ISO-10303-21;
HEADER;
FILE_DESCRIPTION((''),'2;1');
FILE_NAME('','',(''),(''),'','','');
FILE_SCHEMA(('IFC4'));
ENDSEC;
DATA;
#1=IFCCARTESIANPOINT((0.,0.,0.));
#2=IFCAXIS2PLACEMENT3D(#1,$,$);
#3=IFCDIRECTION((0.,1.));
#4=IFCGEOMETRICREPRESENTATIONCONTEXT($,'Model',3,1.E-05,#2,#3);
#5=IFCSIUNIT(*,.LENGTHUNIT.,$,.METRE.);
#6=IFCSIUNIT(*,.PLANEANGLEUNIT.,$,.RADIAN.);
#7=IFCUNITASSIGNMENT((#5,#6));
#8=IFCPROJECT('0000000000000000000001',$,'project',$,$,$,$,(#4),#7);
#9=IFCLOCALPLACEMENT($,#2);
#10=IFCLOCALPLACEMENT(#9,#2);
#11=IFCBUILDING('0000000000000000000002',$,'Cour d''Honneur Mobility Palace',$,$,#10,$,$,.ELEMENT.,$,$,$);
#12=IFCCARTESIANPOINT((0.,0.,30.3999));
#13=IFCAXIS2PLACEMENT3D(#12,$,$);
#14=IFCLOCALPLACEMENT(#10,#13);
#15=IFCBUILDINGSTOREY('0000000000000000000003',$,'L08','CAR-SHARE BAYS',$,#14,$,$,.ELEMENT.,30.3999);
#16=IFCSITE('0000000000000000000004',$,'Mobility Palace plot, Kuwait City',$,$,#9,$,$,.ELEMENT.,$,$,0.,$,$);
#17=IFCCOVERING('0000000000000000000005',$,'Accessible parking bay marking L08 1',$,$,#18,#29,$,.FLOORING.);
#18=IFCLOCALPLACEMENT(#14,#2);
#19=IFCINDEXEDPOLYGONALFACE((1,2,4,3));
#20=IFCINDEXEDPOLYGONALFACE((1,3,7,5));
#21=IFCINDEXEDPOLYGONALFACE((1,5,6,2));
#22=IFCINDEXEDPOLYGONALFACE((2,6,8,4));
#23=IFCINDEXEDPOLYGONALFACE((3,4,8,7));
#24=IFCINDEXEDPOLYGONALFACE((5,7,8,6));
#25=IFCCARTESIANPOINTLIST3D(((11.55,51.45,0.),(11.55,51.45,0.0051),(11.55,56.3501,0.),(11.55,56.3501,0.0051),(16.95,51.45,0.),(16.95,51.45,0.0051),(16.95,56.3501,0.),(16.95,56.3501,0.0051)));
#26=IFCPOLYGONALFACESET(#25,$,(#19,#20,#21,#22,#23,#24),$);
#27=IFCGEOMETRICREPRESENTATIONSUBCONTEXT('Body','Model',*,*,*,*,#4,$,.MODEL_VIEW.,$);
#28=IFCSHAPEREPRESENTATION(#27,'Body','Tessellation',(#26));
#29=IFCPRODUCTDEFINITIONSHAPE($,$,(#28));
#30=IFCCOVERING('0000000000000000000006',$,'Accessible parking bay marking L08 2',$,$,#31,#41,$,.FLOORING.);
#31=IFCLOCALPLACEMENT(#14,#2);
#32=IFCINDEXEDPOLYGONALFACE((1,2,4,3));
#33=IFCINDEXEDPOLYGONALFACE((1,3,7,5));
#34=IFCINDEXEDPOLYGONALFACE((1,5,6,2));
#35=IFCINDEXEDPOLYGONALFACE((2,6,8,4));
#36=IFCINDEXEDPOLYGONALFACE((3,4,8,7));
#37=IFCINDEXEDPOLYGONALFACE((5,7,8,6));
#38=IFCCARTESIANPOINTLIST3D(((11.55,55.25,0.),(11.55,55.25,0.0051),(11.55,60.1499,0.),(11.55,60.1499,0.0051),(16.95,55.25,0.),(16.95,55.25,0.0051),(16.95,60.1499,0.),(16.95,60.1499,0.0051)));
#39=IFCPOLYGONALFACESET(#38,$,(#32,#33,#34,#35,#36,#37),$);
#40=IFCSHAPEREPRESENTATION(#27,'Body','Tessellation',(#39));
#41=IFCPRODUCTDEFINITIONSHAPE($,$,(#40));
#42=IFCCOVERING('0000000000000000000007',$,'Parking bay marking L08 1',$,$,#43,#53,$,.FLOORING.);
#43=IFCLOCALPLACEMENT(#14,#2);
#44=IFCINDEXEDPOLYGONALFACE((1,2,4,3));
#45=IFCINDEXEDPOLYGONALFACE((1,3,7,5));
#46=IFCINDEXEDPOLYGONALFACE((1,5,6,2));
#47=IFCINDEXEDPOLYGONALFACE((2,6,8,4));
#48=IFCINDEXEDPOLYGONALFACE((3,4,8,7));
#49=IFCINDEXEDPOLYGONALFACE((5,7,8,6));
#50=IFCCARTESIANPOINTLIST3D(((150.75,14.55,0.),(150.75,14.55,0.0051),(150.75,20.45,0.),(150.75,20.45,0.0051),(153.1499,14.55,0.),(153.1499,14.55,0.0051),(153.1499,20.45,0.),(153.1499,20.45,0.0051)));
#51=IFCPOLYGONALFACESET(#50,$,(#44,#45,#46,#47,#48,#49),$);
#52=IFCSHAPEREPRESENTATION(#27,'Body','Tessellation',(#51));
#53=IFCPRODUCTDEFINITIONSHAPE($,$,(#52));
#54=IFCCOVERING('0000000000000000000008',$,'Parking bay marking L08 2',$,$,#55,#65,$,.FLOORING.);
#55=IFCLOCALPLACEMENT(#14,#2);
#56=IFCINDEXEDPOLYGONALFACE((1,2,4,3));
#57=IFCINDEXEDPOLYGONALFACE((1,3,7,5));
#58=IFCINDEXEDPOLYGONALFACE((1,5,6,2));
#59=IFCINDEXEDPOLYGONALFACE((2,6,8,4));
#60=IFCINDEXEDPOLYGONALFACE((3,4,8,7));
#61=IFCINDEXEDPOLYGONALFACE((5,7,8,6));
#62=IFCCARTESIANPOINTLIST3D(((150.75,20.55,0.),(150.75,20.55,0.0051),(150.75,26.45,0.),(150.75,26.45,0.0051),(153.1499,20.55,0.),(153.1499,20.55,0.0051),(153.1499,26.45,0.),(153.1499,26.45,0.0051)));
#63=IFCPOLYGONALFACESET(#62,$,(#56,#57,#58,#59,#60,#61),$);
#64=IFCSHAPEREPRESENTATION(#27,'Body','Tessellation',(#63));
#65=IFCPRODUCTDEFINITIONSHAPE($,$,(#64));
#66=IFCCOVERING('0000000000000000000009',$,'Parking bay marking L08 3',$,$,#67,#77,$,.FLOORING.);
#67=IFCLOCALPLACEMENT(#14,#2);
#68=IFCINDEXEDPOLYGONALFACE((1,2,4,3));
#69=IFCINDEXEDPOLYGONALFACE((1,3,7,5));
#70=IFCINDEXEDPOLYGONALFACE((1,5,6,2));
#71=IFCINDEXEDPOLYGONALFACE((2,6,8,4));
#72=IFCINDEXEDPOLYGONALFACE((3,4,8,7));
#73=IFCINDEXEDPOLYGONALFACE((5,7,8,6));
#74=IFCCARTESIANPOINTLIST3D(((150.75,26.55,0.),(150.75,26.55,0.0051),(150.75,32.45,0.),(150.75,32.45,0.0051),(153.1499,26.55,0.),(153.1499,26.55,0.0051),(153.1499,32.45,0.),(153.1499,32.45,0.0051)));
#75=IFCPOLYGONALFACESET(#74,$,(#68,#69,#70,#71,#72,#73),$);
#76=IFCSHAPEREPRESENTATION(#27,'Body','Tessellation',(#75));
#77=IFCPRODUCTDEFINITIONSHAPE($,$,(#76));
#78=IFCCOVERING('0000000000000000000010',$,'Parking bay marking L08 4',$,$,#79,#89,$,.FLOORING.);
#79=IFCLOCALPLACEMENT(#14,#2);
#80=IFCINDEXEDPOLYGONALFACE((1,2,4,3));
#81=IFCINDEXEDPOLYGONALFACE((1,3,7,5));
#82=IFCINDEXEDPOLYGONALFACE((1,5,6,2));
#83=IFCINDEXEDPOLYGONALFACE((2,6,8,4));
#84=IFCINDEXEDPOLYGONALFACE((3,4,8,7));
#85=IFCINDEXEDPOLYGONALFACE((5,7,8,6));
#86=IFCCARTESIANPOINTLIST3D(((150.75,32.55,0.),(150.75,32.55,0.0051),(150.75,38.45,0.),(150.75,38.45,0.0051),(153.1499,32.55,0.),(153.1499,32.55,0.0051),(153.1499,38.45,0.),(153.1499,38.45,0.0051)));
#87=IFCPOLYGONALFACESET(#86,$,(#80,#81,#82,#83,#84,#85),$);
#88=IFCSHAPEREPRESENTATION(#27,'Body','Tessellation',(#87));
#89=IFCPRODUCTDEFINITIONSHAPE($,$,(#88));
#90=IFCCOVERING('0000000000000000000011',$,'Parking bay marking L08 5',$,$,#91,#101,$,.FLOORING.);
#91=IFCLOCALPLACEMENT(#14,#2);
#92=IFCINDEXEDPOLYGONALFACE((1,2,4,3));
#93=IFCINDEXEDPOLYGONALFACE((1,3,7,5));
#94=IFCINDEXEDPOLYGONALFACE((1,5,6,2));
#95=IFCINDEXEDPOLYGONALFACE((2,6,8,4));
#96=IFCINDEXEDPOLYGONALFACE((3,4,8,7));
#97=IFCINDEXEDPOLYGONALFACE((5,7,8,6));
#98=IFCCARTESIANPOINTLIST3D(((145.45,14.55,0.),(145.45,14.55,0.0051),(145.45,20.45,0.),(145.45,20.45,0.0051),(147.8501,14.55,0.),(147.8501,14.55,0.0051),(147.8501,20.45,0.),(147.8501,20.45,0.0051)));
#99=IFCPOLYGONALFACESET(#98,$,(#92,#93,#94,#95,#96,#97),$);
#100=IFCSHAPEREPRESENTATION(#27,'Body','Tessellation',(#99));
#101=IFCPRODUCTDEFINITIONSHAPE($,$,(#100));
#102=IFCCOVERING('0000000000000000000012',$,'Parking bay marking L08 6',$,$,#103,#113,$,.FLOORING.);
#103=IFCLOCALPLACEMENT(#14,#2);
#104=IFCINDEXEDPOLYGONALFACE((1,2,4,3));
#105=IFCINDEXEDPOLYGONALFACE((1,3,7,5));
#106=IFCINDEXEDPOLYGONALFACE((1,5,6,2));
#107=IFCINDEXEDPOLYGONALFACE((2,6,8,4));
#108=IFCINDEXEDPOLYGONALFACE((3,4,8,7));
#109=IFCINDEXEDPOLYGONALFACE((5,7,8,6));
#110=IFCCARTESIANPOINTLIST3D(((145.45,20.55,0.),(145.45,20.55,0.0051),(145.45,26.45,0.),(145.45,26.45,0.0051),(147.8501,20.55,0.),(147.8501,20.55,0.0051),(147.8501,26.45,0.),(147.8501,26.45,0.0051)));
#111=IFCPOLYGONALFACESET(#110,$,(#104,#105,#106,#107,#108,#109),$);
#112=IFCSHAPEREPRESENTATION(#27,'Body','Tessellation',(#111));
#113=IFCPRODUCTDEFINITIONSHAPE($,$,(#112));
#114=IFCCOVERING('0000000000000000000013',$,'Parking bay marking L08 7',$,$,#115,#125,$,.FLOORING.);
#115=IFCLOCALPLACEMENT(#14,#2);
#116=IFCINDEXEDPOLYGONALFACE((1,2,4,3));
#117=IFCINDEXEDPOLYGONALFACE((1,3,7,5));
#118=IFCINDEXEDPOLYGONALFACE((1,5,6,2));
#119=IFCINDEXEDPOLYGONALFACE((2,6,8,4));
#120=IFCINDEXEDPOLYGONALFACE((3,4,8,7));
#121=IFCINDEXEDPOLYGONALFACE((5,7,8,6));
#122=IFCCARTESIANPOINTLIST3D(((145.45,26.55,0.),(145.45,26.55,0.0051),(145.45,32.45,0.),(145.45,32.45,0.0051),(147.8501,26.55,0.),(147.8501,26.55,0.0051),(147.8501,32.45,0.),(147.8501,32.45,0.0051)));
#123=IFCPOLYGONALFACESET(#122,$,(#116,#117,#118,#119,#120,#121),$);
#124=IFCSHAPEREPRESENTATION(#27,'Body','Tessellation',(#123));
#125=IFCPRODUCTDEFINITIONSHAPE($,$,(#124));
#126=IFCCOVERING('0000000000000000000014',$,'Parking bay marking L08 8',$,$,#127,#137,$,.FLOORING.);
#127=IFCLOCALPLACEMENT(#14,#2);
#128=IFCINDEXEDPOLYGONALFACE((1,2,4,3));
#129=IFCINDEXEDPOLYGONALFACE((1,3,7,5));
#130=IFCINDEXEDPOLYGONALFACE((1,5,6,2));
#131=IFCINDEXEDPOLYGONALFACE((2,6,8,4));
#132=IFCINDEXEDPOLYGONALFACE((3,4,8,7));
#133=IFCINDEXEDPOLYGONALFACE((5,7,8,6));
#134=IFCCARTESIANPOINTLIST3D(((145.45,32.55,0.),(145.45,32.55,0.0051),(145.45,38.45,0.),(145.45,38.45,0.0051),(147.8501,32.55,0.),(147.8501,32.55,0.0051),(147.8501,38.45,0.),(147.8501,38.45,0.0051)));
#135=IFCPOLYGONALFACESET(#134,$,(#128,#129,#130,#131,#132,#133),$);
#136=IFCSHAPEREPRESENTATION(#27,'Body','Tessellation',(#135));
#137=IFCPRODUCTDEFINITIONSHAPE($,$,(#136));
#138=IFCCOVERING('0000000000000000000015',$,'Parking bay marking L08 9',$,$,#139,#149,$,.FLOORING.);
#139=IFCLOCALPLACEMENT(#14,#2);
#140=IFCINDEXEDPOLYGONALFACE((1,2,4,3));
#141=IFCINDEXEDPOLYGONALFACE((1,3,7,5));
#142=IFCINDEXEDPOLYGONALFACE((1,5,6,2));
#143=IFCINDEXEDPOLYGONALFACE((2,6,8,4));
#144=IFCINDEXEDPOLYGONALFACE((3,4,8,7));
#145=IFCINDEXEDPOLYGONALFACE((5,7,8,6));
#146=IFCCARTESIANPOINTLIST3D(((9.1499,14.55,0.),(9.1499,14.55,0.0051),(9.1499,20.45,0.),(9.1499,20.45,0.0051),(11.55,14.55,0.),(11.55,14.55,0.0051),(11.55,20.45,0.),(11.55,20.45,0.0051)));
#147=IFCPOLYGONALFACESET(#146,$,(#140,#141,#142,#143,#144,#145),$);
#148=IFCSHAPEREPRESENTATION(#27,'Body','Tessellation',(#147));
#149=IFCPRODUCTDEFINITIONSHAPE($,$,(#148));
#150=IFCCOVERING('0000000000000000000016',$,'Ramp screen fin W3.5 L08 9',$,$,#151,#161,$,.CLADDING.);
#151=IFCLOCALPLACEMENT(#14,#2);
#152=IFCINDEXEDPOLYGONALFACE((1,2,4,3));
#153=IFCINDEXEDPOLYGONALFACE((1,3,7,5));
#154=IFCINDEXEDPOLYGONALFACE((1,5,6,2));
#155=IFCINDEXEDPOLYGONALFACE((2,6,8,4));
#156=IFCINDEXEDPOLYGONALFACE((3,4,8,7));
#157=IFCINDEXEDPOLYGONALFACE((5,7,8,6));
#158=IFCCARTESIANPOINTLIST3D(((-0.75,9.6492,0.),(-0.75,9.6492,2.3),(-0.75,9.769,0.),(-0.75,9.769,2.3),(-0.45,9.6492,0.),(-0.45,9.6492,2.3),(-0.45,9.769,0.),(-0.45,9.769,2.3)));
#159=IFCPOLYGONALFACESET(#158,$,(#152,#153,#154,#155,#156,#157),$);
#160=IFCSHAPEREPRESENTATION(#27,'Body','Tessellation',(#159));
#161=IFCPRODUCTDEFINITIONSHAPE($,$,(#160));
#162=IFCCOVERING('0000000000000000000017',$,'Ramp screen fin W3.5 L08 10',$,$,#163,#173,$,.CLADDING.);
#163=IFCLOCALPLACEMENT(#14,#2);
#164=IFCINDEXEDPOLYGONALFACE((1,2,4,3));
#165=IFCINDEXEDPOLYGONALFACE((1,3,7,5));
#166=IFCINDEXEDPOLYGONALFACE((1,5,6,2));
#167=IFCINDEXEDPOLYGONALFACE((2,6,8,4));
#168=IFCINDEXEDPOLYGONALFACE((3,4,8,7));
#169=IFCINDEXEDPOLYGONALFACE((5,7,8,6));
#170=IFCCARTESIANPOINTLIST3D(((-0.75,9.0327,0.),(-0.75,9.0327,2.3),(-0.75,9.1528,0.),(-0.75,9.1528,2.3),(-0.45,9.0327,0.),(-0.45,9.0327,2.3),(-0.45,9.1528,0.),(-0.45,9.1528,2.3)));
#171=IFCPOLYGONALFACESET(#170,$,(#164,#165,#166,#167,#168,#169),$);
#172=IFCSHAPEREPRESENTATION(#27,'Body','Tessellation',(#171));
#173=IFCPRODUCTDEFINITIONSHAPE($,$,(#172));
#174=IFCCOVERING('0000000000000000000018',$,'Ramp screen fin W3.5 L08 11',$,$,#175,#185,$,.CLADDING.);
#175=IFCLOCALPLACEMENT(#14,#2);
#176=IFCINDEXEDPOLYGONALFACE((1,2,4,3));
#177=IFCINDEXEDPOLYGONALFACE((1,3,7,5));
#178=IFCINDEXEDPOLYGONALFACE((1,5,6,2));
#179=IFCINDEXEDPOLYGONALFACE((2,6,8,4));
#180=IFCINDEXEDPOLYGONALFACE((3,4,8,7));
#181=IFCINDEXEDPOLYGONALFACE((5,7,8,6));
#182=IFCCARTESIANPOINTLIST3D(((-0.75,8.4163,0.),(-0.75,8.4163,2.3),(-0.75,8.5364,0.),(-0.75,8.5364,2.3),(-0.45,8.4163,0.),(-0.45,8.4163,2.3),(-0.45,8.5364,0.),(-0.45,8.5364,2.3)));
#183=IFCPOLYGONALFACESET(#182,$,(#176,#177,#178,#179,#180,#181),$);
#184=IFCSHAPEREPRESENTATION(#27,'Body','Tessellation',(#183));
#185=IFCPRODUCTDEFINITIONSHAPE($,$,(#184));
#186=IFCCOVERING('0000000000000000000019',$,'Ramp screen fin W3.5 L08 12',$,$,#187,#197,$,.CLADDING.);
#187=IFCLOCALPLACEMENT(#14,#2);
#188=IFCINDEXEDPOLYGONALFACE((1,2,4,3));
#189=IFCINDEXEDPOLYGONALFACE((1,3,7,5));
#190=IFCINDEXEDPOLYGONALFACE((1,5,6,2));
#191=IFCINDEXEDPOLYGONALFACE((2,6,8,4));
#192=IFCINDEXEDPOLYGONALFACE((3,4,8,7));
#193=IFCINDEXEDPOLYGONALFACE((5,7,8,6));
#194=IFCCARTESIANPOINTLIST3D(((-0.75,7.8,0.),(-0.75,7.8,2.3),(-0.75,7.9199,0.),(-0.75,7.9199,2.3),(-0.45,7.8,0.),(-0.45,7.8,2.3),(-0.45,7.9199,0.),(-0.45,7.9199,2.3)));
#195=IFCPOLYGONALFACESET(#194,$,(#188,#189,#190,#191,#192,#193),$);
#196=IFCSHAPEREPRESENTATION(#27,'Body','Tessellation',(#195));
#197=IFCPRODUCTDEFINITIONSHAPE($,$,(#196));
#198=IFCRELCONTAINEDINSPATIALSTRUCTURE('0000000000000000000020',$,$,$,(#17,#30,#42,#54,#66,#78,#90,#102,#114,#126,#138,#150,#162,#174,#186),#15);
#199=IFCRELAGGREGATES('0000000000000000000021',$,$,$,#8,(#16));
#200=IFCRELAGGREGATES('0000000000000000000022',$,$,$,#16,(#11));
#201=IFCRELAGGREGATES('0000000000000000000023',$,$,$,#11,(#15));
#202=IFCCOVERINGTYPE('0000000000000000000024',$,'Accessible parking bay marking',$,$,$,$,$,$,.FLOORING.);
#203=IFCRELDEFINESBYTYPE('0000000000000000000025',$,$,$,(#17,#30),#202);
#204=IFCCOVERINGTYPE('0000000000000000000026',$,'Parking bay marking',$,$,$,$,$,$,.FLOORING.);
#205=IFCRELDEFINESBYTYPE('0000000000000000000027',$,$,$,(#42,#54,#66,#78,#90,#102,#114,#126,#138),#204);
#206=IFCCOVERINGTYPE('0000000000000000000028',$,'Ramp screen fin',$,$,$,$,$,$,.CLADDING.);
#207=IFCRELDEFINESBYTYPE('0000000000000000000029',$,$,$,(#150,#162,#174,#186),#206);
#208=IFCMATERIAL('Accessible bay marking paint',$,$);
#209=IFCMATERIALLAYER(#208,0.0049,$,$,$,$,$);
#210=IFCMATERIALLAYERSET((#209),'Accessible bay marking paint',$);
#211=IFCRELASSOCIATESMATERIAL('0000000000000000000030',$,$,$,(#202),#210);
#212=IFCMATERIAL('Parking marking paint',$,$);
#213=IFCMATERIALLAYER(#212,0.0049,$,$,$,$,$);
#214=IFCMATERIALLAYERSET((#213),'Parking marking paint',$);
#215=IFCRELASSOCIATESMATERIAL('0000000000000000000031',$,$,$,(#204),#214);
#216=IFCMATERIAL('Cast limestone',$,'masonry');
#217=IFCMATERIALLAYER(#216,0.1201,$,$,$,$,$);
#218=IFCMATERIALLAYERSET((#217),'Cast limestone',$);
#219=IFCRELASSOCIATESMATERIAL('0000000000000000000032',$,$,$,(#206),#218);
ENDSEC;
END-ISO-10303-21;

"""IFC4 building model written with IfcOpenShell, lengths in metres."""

from ifc_helpers import new_model, si_unit, direction, frame, origin, place, context, subcontext, project, spatial, polyline, outline, extrude, material, layer, layer_set, type_object, element, save


model = new_model("IFC4")

# Units and contexts
model_context = context("Model", 3, precision=1e-05, world=origin(), true_north=direction((0.0, 1.0)))
body_context = subcontext(model_context, "Body", "Model", "MODEL_VIEW")
ifc_project = project(units=[si_unit("LENGTHUNIT", "METRE"), si_unit("PLANEANGLEUNIT", "RADIAN")], contexts=[model_context])

# Site, building, storey
site_placement = place(None, origin())
site = spatial("IfcSite", under=ifc_project, at=site_placement, Name="Mobility Palace plot, Kuwait City", CompositionType="ELEMENT", RefElevation=0.0)
building_placement = place(site_placement, origin())
building = spatial("IfcBuilding", under=site, at=building_placement, Name="Cour d'Honneur Mobility Palace", CompositionType="ELEMENT")
storey_placement = place(building_placement, frame((0.0, 0.0, 30.3999)))
storey = spatial("IfcBuildingStorey", under=building, at=storey_placement, Name="L08", Description="CAR-SHARE BAYS", CompositionType="ELEMENT", Elevation=30.3999)

# Coverings
ifc_material_1 = material(Name="Accessible bay marking paint")
ifc_layer_1 = layer(ifc_material_1, 0.0049)
ifc_layer_set_1 = layer_set([ifc_layer_1], Name="Accessible bay marking paint")
covering_type_1 = type_object("IfcCoveringType", Name="Accessible parking bay marking", PredefinedType="FLOORING", material=ifc_layer_set_1)
covering_1_placement = place(storey_placement, origin())
element("IfcCovering", 1, at=covering_1_placement, inside=storey, type_object=covering_type_1, Name="Accessible parking bay marking L08 1", PredefinedType="FLOORING", context=body_context, shape_type="SweptSolid", body=[
    extrude(outline(polyline([(16.95, 51.45), (11.55, 51.45), (11.55, 56.3501), (16.95, 56.3501), (16.95, 51.45)])), origin(), (0.0, 0.0, 1.0), 0.0051),
])
covering_2_placement = place(storey_placement, origin())
element("IfcCovering", 2, at=covering_2_placement, inside=storey, type_object=covering_type_1, Name="Accessible parking bay marking L08 2", PredefinedType="FLOORING", context=body_context, shape_type="SweptSolid", body=[
    extrude(outline(polyline([(11.55, 60.1499), (16.95, 60.1499), (16.95, 55.25), (11.55, 55.25), (11.55, 60.1499)])), origin(), (0.0, 0.0, 1.0), 0.0051),
])
ifc_material_2 = material(Name="Parking marking paint")
ifc_layer_2 = layer(ifc_material_2, 0.0049)
ifc_layer_set_2 = layer_set([ifc_layer_2], Name="Parking marking paint")
covering_type_2 = type_object("IfcCoveringType", Name="Parking bay marking", PredefinedType="FLOORING", material=ifc_layer_set_2)
covering_3_placement = place(storey_placement, origin())
element("IfcCovering", 3, at=covering_3_placement, inside=storey, type_object=covering_type_2, Name="Parking bay marking L08 1", PredefinedType="FLOORING", context=body_context, shape_type="SweptSolid", body=[
    extrude(outline(polyline([(153.1499, 14.55), (150.75, 14.55), (150.75, 20.45), (153.1499, 20.45), (153.1499, 14.55)])), origin(), (0.0, 0.0, 1.0), 0.0051),
])
covering_4_placement = place(storey_placement, origin())
element("IfcCovering", 4, at=covering_4_placement, inside=storey, type_object=covering_type_2, Name="Parking bay marking L08 2", PredefinedType="FLOORING", context=body_context, shape_type="SweptSolid", body=[
    extrude(outline(polyline([(153.1499, 20.55), (150.75, 20.55), (150.75, 26.45), (153.1499, 26.45), (153.1499, 20.55)])), origin(), (0.0, 0.0, 1.0), 0.0051),
])
covering_5_placement = place(storey_placement, origin())
element("IfcCovering", 5, at=covering_5_placement, inside=storey, type_object=covering_type_2, Name="Parking bay marking L08 3", PredefinedType="FLOORING", context=body_context, shape_type="SweptSolid", body=[
    extrude(outline(polyline([(153.1499, 26.55), (150.75, 26.55), (150.75, 32.45), (153.1499, 32.45), (153.1499, 26.55)])), origin(), (0.0, 0.0, 1.0), 0.0051),
])
covering_6_placement = place(storey_placement, origin())
element("IfcCovering", 6, at=covering_6_placement, inside=storey, type_object=covering_type_2, Name="Parking bay marking L08 4", PredefinedType="FLOORING", context=body_context, shape_type="SweptSolid", body=[
    extrude(outline(polyline([(153.1499, 32.55), (150.75, 32.55), (150.75, 38.45), (153.1499, 38.45), (153.1499, 32.55)])), origin(), (0.0, 0.0, 1.0), 0.0051),
])
covering_7_placement = place(storey_placement, origin())
element("IfcCovering", 7, at=covering_7_placement, inside=storey, type_object=covering_type_2, Name="Parking bay marking L08 5", PredefinedType="FLOORING", context=body_context, shape_type="SweptSolid", body=[
    extrude(outline(polyline([(147.8501, 14.55), (145.45, 14.55), (145.45, 20.45), (147.8501, 20.45), (147.8501, 14.55)])), origin(), (0.0, 0.0, 1.0), 0.0051),
])
covering_8_placement = place(storey_placement, origin())
element("IfcCovering", 8, at=covering_8_placement, inside=storey, type_object=covering_type_2, Name="Parking bay marking L08 6", PredefinedType="FLOORING", context=body_context, shape_type="SweptSolid", body=[
    extrude(outline(polyline([(147.8501, 20.55), (145.45, 20.55), (145.45, 26.45), (147.8501, 26.45), (147.8501, 20.55)])), origin(), (0.0, 0.0, 1.0), 0.0051),
])
covering_9_placement = place(storey_placement, origin())
element("IfcCovering", 9, at=covering_9_placement, inside=storey, type_object=covering_type_2, Name="Parking bay marking L08 7", PredefinedType="FLOORING", context=body_context, shape_type="SweptSolid", body=[
    extrude(outline(polyline([(147.8501, 26.55), (145.45, 26.55), (145.45, 32.45), (147.8501, 32.45), (147.8501, 26.55)])), origin(), (0.0, 0.0, 1.0), 0.0051),
])
covering_10_placement = place(storey_placement, origin())
element("IfcCovering", 10, at=covering_10_placement, inside=storey, type_object=covering_type_2, Name="Parking bay marking L08 8", PredefinedType="FLOORING", context=body_context, shape_type="SweptSolid", body=[
    extrude(outline(polyline([(147.8501, 32.55), (145.45, 32.55), (145.45, 38.45), (147.8501, 38.45), (147.8501, 32.55)])), origin(), (0.0, 0.0, 1.0), 0.0051),
])
covering_11_placement = place(storey_placement, origin())
element("IfcCovering", 11, at=covering_11_placement, inside=storey, type_object=covering_type_2, Name="Parking bay marking L08 9", PredefinedType="FLOORING", context=body_context, shape_type="SweptSolid", body=[
    extrude(outline(polyline([(11.55, 14.55), (9.1499, 14.55), (9.1499, 20.45), (11.55, 20.45), (11.55, 14.55)])), origin(), (0.0, 0.0, 1.0), 0.0051),
])
ifc_material_3 = material(Name="Cast limestone", Category="masonry")
ifc_layer_3 = layer(ifc_material_3, 0.1201)
ifc_layer_set_3 = layer_set([ifc_layer_3], Name="Cast limestone")
covering_type_3 = type_object("IfcCoveringType", Name="Ramp screen fin", PredefinedType="CLADDING", material=ifc_layer_set_3)
covering_12_placement = place(storey_placement, origin())
element("IfcCovering", 12, at=covering_12_placement, inside=storey, type_object=covering_type_3, Name="Ramp screen fin W3.5 L08 9", PredefinedType="CLADDING", context=body_context, shape_type="SweptSolid", body=[
    extrude(outline(polyline([(-0.45, 9.769), (-0.45, 9.6492), (-0.75, 9.6492), (-0.75, 9.769), (-0.45, 9.769)])), origin(), (0.0, 0.0, 1.0), 2.3),
])
covering_13_placement = place(storey_placement, origin())
element("IfcCovering", 13, at=covering_13_placement, inside=storey, type_object=covering_type_3, Name="Ramp screen fin W3.5 L08 10", PredefinedType="CLADDING", context=body_context, shape_type="SweptSolid", body=[
    extrude(outline(polyline([(-0.45, 9.1528), (-0.45, 9.0327), (-0.75, 9.0327), (-0.75, 9.1528), (-0.45, 9.1528)])), origin(), (0.0, 0.0, 1.0), 2.3),
])
covering_14_placement = place(storey_placement, origin())
element("IfcCovering", 14, at=covering_14_placement, inside=storey, type_object=covering_type_3, Name="Ramp screen fin W3.5 L08 11", PredefinedType="CLADDING", context=body_context, shape_type="SweptSolid", body=[
    extrude(outline(polyline([(-0.45, 8.5364), (-0.45, 8.4163), (-0.75, 8.4163), (-0.75, 8.5364), (-0.45, 8.5364)])), origin(), (0.0, 0.0, 1.0), 2.3),
])
covering_15_placement = place(storey_placement, origin())
element("IfcCovering", 15, at=covering_15_placement, inside=storey, type_object=covering_type_3, Name="Ramp screen fin W3.5 L08 12", PredefinedType="CLADDING", context=body_context, shape_type="SweptSolid", body=[
    extrude(outline(polyline([(-0.45, 7.9199), (-0.45, 7.8), (-0.75, 7.8), (-0.75, 7.9199), (-0.45, 7.9199)])), origin(), (0.0, 0.0, 1.0), 2.3),
])

save(model, "model.ifc")
